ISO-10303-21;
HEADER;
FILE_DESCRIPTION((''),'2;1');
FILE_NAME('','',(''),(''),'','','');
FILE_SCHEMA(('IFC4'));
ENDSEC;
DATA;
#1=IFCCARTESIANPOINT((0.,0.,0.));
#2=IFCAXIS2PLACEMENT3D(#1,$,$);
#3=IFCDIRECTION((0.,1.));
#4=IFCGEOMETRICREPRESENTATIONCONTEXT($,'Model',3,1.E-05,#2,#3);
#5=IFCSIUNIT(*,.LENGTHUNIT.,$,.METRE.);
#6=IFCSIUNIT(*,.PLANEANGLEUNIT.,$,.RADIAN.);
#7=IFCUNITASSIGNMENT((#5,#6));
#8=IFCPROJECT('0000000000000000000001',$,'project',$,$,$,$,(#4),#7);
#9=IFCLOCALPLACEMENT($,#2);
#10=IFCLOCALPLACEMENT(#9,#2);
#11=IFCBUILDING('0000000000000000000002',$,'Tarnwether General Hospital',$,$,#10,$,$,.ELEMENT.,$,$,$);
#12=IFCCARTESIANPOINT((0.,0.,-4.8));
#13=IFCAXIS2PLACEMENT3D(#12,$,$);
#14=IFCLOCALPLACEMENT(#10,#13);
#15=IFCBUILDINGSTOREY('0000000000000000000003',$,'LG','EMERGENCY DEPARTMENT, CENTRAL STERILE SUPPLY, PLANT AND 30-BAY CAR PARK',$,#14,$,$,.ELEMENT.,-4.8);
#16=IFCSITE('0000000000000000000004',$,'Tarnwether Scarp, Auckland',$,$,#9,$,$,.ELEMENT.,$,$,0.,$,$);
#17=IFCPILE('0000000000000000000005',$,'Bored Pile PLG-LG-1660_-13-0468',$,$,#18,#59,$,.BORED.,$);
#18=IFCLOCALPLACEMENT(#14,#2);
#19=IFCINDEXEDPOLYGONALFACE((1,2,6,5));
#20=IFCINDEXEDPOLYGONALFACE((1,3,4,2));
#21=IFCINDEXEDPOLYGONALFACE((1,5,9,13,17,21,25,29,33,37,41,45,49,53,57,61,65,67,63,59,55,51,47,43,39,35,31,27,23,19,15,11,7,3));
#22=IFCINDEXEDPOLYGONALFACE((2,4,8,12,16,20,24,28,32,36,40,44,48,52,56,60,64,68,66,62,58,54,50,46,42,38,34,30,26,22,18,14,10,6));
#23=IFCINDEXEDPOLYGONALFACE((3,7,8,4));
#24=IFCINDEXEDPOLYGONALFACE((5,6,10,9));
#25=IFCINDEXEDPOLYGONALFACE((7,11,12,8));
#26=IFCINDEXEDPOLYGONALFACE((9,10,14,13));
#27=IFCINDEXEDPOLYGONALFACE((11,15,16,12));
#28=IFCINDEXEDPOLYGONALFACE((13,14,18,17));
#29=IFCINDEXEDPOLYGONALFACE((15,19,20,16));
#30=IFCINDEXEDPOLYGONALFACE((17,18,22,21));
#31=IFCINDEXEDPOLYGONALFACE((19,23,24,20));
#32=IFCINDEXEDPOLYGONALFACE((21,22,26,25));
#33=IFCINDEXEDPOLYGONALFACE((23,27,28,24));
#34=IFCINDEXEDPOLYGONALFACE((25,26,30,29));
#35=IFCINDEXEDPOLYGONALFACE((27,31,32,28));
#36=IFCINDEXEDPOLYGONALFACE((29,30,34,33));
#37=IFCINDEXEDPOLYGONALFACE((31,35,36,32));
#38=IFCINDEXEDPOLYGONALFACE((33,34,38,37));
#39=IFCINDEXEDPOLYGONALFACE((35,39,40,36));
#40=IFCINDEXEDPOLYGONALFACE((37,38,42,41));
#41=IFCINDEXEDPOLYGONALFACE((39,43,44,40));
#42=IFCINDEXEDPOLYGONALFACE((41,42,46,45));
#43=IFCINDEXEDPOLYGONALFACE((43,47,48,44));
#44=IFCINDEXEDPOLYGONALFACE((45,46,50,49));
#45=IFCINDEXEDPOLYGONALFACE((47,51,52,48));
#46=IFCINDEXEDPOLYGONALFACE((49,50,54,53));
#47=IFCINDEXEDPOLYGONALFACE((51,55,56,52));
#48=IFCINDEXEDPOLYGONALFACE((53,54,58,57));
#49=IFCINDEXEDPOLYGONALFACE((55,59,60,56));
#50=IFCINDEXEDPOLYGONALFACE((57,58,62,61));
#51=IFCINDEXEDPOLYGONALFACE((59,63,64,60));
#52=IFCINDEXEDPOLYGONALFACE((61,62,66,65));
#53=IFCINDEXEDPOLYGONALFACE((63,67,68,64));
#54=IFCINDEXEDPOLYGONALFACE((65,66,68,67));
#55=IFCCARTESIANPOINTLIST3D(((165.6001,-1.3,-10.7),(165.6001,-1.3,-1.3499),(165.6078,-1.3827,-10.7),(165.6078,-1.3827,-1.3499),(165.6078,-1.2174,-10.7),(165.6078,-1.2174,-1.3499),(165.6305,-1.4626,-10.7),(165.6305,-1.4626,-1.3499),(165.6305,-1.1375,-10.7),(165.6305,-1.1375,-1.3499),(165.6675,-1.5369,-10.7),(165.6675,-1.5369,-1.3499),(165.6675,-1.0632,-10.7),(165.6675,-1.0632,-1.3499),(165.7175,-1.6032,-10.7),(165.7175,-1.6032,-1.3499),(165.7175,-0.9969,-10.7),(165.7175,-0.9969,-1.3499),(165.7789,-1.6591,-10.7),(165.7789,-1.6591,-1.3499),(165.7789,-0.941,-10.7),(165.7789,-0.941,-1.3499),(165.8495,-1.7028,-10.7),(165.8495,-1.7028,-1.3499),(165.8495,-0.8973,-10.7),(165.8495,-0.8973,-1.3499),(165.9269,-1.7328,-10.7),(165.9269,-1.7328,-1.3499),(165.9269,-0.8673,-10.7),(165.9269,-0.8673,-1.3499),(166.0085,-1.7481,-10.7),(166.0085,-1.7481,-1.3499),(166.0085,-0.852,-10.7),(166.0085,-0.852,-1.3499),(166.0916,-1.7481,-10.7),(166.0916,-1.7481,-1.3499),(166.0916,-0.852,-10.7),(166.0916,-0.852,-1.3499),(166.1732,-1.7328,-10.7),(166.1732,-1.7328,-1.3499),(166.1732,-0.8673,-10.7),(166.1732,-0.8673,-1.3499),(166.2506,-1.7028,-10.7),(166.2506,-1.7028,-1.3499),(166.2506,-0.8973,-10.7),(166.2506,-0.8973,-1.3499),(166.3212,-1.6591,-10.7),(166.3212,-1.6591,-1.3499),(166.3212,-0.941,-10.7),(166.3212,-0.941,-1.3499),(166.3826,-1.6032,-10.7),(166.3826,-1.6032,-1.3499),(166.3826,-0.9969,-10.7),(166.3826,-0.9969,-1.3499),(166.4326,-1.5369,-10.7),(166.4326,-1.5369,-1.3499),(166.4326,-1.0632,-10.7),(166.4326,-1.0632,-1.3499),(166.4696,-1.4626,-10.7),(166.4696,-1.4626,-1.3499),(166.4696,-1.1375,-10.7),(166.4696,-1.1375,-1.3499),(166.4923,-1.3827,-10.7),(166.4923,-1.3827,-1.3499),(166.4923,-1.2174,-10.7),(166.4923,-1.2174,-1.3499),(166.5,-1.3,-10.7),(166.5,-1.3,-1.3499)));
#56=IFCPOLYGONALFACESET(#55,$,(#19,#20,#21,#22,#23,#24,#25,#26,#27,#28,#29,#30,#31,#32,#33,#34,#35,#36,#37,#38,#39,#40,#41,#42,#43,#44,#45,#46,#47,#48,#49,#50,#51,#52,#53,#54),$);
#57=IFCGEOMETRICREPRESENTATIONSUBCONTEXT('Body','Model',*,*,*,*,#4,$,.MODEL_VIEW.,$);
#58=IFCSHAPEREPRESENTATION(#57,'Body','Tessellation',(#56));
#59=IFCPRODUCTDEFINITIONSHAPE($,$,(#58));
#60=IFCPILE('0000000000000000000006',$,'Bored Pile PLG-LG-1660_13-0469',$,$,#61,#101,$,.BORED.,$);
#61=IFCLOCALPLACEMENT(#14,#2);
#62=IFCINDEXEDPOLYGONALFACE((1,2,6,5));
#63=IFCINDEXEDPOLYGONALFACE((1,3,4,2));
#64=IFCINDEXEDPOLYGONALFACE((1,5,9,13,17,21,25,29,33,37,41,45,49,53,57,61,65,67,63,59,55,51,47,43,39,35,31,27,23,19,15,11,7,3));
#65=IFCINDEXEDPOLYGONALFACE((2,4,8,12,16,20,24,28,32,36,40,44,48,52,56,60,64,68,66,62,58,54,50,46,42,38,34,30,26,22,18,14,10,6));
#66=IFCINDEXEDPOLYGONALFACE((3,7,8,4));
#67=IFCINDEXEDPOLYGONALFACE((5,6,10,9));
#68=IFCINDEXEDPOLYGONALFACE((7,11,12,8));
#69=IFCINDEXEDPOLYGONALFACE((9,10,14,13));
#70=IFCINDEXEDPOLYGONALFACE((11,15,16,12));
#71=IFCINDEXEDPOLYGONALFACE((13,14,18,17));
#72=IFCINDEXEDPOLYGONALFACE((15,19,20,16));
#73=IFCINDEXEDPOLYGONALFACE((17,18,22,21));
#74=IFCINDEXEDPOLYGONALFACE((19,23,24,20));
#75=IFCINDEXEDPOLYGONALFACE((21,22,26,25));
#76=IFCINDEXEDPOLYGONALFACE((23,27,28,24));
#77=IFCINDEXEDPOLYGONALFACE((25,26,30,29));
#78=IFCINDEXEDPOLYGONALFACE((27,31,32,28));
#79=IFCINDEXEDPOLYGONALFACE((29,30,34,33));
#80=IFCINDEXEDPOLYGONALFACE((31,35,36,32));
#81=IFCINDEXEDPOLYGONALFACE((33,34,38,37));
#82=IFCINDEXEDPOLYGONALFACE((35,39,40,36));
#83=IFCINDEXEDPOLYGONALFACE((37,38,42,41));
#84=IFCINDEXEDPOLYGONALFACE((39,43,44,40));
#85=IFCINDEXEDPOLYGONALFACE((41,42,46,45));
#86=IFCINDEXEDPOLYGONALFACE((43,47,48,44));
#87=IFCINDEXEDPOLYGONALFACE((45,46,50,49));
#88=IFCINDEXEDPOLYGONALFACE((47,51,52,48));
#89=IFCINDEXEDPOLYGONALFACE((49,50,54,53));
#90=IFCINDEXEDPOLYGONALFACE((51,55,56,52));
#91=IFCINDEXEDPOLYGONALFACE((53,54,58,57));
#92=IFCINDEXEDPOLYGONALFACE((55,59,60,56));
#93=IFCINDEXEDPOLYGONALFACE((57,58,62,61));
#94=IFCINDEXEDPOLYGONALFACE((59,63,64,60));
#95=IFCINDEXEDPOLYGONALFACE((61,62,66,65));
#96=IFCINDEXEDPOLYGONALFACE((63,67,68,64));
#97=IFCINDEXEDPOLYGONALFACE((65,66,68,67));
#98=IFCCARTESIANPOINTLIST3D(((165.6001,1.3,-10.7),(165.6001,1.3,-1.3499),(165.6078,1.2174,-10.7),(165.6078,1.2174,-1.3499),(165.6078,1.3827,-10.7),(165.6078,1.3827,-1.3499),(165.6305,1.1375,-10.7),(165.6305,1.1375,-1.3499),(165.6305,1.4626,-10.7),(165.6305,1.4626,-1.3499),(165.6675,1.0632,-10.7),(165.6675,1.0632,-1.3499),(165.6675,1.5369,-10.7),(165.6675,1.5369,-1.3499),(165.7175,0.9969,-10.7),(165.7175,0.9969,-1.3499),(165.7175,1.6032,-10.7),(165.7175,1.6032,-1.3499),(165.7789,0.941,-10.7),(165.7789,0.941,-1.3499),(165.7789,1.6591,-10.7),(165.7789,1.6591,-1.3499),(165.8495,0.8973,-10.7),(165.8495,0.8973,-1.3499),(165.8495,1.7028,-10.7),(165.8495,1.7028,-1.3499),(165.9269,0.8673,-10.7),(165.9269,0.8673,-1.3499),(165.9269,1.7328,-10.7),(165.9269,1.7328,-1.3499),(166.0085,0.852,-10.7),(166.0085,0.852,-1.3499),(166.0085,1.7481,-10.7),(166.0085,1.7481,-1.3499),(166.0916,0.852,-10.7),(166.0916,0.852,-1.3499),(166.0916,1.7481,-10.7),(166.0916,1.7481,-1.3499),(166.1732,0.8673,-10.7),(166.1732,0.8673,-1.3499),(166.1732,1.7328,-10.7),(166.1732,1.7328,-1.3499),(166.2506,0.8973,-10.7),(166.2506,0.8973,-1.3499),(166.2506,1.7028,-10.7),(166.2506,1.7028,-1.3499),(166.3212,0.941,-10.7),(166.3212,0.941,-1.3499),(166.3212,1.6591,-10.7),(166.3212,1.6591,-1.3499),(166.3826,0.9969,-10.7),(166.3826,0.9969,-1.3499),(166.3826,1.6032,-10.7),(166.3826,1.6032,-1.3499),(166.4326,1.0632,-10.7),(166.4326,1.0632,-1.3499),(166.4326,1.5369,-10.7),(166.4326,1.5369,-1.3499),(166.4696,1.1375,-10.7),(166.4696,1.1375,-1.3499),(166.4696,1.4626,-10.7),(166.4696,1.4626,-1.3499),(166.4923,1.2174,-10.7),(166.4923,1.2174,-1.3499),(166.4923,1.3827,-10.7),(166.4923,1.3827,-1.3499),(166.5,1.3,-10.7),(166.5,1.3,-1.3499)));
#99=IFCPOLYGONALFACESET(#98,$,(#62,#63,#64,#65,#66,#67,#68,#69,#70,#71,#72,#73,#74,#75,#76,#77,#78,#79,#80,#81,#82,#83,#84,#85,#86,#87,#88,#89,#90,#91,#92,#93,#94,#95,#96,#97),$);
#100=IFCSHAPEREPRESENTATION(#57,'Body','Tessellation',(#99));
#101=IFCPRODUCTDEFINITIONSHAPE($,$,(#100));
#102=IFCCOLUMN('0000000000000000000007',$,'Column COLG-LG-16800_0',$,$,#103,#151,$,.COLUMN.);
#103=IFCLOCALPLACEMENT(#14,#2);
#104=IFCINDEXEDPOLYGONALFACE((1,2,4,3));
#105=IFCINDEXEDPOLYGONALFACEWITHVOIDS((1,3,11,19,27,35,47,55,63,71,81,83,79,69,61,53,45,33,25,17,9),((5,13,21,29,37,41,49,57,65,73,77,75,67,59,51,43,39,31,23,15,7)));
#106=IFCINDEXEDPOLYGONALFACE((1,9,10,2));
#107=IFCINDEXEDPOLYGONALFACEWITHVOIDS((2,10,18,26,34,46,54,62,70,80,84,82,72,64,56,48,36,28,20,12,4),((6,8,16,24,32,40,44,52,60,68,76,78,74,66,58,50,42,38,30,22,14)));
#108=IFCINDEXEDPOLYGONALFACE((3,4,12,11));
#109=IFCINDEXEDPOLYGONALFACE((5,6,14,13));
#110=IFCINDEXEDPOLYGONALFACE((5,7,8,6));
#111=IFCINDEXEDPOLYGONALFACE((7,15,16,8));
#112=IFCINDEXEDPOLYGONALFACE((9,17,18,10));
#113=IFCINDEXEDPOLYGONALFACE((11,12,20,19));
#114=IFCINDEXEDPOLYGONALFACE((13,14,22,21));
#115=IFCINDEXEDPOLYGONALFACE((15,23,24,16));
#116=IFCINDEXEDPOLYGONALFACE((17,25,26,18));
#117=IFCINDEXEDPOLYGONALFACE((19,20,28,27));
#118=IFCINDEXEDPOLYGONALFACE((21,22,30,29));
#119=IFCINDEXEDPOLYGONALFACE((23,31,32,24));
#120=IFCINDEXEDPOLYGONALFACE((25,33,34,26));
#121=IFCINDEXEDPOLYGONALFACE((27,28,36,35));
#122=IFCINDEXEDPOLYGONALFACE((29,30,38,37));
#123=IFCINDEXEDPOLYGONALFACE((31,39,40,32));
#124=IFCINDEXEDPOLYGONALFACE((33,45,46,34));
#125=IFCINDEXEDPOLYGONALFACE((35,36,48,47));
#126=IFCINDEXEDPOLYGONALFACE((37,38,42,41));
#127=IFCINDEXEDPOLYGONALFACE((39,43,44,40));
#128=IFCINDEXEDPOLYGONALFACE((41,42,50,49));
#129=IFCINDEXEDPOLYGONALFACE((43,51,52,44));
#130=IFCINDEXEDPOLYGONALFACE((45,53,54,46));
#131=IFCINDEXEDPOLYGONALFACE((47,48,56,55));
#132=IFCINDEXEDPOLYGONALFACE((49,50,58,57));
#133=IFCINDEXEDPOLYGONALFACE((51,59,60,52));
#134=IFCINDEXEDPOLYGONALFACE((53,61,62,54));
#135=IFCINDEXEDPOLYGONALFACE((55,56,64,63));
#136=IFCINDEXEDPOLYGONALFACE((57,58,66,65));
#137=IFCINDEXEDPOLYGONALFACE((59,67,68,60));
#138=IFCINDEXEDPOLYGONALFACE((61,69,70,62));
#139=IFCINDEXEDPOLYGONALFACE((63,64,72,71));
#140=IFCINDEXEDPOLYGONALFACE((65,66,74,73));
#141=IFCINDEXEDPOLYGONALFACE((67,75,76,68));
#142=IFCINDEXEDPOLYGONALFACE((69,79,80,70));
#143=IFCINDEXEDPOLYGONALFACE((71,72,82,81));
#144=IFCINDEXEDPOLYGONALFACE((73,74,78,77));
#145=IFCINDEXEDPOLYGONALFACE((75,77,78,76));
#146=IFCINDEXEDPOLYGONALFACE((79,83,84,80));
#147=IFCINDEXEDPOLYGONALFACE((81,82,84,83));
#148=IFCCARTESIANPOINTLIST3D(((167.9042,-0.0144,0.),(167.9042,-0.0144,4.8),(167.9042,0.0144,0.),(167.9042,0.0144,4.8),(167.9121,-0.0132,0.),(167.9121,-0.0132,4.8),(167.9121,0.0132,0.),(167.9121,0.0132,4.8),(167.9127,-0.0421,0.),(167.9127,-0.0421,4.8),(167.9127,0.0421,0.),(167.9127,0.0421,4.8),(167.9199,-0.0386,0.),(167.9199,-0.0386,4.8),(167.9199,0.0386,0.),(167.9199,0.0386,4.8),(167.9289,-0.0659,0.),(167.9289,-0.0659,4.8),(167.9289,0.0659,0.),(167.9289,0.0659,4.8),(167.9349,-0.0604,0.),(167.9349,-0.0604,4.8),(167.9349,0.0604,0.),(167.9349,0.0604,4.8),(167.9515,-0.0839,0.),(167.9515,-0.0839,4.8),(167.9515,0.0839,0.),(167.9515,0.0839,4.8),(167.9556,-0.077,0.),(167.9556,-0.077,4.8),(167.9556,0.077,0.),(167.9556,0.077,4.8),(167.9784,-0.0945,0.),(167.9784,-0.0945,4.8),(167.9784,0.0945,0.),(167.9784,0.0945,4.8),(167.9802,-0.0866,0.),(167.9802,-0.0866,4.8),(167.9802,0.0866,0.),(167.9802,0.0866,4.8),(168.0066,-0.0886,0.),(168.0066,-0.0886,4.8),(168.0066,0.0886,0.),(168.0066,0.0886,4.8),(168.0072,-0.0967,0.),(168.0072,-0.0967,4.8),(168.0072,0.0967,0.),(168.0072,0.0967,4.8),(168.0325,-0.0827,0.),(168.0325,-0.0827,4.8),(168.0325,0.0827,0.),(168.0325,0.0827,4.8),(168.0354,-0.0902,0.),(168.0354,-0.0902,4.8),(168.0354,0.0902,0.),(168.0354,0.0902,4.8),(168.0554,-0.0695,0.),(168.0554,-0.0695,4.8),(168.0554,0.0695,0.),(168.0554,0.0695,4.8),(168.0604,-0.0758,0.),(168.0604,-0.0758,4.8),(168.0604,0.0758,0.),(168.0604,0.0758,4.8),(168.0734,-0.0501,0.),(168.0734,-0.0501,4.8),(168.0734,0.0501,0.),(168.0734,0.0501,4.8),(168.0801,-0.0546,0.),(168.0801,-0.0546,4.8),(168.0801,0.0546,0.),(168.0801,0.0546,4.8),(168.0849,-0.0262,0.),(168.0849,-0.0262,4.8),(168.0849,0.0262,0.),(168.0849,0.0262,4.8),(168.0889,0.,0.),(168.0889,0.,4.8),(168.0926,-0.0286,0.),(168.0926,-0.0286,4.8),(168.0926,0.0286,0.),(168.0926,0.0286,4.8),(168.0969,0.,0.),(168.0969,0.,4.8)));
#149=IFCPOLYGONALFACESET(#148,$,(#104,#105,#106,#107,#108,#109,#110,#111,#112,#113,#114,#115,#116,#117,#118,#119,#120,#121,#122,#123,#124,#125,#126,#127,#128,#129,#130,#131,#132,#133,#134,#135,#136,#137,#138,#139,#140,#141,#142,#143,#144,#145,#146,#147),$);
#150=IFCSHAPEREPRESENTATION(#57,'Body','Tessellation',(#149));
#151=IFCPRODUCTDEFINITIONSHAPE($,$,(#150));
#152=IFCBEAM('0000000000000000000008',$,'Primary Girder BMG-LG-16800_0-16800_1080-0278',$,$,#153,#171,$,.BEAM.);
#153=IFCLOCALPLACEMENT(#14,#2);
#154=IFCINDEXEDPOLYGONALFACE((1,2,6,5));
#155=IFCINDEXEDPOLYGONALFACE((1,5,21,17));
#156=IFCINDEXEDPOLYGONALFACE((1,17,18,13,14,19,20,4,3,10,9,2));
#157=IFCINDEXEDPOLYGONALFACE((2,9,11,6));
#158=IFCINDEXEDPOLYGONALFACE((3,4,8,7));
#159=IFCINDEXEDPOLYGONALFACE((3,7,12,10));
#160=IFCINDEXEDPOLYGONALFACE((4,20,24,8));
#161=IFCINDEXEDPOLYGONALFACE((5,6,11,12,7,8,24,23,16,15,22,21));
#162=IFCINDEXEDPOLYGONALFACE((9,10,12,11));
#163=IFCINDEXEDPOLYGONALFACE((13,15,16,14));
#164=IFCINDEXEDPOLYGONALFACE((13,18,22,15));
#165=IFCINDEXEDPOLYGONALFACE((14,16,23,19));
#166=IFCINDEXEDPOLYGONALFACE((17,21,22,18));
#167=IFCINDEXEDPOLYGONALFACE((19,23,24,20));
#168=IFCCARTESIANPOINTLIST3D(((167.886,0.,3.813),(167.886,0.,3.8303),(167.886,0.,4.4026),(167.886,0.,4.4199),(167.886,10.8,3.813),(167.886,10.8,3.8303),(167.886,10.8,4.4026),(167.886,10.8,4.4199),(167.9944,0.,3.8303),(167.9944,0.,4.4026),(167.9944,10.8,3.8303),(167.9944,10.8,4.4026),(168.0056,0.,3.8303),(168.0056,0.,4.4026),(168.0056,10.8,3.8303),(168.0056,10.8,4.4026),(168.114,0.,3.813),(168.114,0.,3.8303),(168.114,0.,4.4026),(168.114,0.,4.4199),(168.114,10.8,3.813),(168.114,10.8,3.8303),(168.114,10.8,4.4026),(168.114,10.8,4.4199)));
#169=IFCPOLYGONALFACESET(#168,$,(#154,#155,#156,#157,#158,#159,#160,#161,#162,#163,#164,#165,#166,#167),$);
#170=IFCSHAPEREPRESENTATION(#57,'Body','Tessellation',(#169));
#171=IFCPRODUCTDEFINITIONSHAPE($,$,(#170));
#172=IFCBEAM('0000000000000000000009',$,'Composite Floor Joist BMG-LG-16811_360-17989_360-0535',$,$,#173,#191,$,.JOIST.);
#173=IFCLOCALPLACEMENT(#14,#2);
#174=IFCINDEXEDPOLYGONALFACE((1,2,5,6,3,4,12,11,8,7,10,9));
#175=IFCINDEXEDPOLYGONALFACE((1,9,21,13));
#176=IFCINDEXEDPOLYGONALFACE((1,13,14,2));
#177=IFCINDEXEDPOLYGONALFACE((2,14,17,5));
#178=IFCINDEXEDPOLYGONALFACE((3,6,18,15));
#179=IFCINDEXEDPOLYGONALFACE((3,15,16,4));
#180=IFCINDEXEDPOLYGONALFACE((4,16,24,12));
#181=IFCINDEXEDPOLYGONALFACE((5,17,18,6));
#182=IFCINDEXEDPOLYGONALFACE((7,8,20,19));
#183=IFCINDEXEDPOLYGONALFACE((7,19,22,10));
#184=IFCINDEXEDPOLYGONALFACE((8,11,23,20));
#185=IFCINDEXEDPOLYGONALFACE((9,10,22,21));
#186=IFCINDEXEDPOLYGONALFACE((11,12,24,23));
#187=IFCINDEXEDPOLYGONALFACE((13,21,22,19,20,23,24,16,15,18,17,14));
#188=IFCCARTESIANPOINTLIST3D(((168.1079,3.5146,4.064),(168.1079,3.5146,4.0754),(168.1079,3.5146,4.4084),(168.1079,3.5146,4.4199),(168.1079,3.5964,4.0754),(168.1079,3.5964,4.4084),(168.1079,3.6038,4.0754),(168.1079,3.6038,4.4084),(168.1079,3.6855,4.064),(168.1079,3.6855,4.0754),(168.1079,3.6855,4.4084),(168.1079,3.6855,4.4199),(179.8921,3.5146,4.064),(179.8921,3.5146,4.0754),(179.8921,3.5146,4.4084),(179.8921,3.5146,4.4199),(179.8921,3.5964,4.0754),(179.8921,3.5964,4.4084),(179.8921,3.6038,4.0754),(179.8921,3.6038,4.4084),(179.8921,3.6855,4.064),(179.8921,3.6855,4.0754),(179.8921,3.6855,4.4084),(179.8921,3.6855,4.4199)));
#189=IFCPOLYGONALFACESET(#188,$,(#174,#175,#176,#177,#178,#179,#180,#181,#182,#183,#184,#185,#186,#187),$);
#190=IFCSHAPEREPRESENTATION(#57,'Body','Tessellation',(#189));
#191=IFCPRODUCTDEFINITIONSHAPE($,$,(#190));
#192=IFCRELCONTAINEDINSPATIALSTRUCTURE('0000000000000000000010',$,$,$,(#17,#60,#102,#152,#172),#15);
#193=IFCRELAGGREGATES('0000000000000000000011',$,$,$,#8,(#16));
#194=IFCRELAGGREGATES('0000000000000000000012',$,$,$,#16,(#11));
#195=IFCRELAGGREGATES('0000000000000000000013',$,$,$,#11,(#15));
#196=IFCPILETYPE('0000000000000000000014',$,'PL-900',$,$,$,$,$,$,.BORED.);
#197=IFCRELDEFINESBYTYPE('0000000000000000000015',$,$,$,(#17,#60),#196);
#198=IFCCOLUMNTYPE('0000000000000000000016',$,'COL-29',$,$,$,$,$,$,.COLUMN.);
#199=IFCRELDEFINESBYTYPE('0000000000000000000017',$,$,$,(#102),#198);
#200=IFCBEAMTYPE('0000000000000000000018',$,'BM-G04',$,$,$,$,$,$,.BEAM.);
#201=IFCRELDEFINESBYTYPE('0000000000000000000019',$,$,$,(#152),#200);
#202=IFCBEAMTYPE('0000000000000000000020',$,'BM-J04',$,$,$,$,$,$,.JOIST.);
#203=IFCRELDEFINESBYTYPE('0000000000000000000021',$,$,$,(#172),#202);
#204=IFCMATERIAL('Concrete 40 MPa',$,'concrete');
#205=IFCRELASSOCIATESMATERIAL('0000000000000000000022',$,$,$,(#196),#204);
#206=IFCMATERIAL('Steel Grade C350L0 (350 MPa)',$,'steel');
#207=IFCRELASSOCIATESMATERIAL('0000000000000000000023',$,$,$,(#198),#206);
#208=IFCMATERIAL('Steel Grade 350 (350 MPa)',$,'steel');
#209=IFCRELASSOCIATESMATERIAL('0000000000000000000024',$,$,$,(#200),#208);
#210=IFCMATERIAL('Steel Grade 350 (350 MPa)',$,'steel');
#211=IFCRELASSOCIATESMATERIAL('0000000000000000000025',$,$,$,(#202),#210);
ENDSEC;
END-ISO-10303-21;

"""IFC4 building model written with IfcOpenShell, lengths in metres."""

from ifc_helpers import new_model, si_unit, direction, frame, origin, origin_2d, place, context, subcontext, project, spatial, circle, hollow_circle, i_section, extrude, material, material_profile, profile_set, type_object, element, save


model = new_model("IFC4")

# Units and contexts
model_context = context("Model", 3, precision=1e-05, world=origin(), true_north=direction((0.0, 1.0)))
body_context = subcontext(model_context, "Body", "Model", "MODEL_VIEW")
ifc_project = project(units=[si_unit("LENGTHUNIT", "METRE"), si_unit("PLANEANGLEUNIT", "RADIAN")], contexts=[model_context])

# Site, building, storey
site_placement = place(None, origin())
site = spatial("IfcSite", under=ifc_project, at=site_placement, Name="Tarnwether Scarp, Auckland", CompositionType="ELEMENT", RefElevation=0.0)
building_placement = place(site_placement, origin())
building = spatial("IfcBuilding", under=site, at=building_placement, Name="Tarnwether General Hospital", CompositionType="ELEMENT")
storey_placement = place(building_placement, frame((0.0, 0.0, -4.8)))
storey = spatial("IfcBuildingStorey", under=building, at=storey_placement, Name="LG", Description="EMERGENCY DEPARTMENT, CENTRAL STERILE SUPPLY, PLANT AND 30-BAY CAR PARK", CompositionType="ELEMENT", Elevation=-4.8)

# Piles
ifc_material_1 = material(Name="Concrete 40 MPa", Category="concrete")
ifc_material_profile_1 = material_profile(ifc_material_1, circle(Radius=0.45, at=origin_2d()), Name="PILE-D900")
ifc_profile_set_1 = profile_set([ifc_material_profile_1], Name="Concrete 40 MPa")
pile_type_1 = type_object("IfcPileType", Name="PL-900", PredefinedType="BORED", material=ifc_profile_set_1)
for number, where, z_axis, x_axis, name in (
    (1, (166.05, -1.3, -1.3499), (0.0, 0.0, -1.0), (1.0, 0.0, 0.0), "Bored Pile PLG-LG-1660_-13-0468"),
    (2, (166.05, 1.3, -1.3499), (0.0, 0.0, -1.0), (1.0, 0.0, 0.0), "Bored Pile PLG-LG-1660_13-0469"),
):
    element("IfcPile", number, at=place(storey_placement, frame(where, z_axis=z_axis, x_axis=x_axis)), inside=storey, type_object=pile_type_1, Name=name, PredefinedType="BORED", context=body_context, shape_type="SweptSolid", body=[
        extrude(circle(Radius=0.45, at=origin_2d()), origin(), (0.0, 0.0, 1.0), 9.3501),
    ])

# Column
ifc_material_2 = material(Name="Steel Grade C350L0 (350 MPa)", Category="steel")
ifc_material_profile_2 = material_profile(ifc_material_2, hollow_circle(Radius=0.0969, WallThickness=0.0081, at=origin_2d()), Name="CHS193.7x8.0")
ifc_profile_set_2 = profile_set([ifc_material_profile_2], Name="Steel Grade C350L0 (350 MPa)")
column_type = type_object("IfcColumnType", Name="COL-29", PredefinedType="COLUMN", material=ifc_profile_set_2)
column_placement = place(storey_placement, frame((168.0, 0.0, 0.0), z_axis=(0.0, 0.0, 1.0), x_axis=(1.0, 0.0, 0.0)))
element("IfcColumn", 3, at=column_placement, inside=storey, type_object=column_type, Name="Column COLG-LG-16800_0", PredefinedType="COLUMN", context=body_context, shape_type="SweptSolid", body=[
    extrude(hollow_circle(Radius=0.0969, WallThickness=0.0081, at=origin_2d()), origin(), (0.0, 0.0, 1.0), 4.8),
])

# Beams
ifc_material_3 = material(Name="Steel Grade 350 (350 MPa)", Category="steel")
ifc_material_profile_3 = material_profile(ifc_material_3, i_section(OverallWidth=0.228, OverallDepth=0.6069, WebThickness=0.0112, FlangeThickness=0.0173, at=origin_2d()), Name="610UB113")
ifc_profile_set_3 = profile_set([ifc_material_profile_3], Name="Steel Grade 350 (350 MPa)")
beam_type_1 = type_object("IfcBeamType", Name="BM-G04", PredefinedType="BEAM", material=ifc_profile_set_3)
beam_1_placement = place(storey_placement, frame((168.0, 0.0, 4.1165), z_axis=(0.0, 1.0, 0.0), x_axis=(-1.0, 0.0, 0.0)))
element("IfcBeam", 4, at=beam_1_placement, inside=storey, type_object=beam_type_1, Name="Primary Girder BMG-LG-16800_0-16800_1080-0278", PredefinedType="BEAM", context=body_context, shape_type="SweptSolid", body=[
    extrude(i_section(OverallWidth=0.228, OverallDepth=0.6069, WebThickness=0.0112, FlangeThickness=0.0173, at=origin_2d()), origin(), (0.0, 0.0, 1.0), 10.8),
])
ifc_material_4 = material(Name="Steel Grade 350 (350 MPa)", Category="steel")
ifc_material_profile_4 = material_profile(ifc_material_4, i_section(OverallWidth=0.1709, OverallDepth=0.356, WebThickness=0.0073, FlangeThickness=0.0115, at=origin_2d()), Name="360UB50.7")
ifc_profile_set_4 = profile_set([ifc_material_profile_4], Name="Steel Grade 350 (350 MPa)")
beam_type_2 = type_object("IfcBeamType", Name="BM-J04", PredefinedType="JOIST", material=ifc_profile_set_4)
beam_2_placement = place(storey_placement, frame((168.1079, 3.6001, 4.2419), z_axis=(1.0, 0.0, 0.0), x_axis=(0.0, 1.0, 0.0)))
element("IfcBeam", 5, at=beam_2_placement, inside=storey, type_object=beam_type_2, Name="Composite Floor Joist BMG-LG-16811_360-17989_360-0535", PredefinedType="JOIST", context=body_context, shape_type="SweptSolid", body=[
    extrude(i_section(OverallWidth=0.1709, OverallDepth=0.356, WebThickness=0.0073, FlangeThickness=0.0115, at=origin_2d()), origin(), (0.0, 0.0, 1.0), 11.7842),
])

save(model, "model.ifc")
